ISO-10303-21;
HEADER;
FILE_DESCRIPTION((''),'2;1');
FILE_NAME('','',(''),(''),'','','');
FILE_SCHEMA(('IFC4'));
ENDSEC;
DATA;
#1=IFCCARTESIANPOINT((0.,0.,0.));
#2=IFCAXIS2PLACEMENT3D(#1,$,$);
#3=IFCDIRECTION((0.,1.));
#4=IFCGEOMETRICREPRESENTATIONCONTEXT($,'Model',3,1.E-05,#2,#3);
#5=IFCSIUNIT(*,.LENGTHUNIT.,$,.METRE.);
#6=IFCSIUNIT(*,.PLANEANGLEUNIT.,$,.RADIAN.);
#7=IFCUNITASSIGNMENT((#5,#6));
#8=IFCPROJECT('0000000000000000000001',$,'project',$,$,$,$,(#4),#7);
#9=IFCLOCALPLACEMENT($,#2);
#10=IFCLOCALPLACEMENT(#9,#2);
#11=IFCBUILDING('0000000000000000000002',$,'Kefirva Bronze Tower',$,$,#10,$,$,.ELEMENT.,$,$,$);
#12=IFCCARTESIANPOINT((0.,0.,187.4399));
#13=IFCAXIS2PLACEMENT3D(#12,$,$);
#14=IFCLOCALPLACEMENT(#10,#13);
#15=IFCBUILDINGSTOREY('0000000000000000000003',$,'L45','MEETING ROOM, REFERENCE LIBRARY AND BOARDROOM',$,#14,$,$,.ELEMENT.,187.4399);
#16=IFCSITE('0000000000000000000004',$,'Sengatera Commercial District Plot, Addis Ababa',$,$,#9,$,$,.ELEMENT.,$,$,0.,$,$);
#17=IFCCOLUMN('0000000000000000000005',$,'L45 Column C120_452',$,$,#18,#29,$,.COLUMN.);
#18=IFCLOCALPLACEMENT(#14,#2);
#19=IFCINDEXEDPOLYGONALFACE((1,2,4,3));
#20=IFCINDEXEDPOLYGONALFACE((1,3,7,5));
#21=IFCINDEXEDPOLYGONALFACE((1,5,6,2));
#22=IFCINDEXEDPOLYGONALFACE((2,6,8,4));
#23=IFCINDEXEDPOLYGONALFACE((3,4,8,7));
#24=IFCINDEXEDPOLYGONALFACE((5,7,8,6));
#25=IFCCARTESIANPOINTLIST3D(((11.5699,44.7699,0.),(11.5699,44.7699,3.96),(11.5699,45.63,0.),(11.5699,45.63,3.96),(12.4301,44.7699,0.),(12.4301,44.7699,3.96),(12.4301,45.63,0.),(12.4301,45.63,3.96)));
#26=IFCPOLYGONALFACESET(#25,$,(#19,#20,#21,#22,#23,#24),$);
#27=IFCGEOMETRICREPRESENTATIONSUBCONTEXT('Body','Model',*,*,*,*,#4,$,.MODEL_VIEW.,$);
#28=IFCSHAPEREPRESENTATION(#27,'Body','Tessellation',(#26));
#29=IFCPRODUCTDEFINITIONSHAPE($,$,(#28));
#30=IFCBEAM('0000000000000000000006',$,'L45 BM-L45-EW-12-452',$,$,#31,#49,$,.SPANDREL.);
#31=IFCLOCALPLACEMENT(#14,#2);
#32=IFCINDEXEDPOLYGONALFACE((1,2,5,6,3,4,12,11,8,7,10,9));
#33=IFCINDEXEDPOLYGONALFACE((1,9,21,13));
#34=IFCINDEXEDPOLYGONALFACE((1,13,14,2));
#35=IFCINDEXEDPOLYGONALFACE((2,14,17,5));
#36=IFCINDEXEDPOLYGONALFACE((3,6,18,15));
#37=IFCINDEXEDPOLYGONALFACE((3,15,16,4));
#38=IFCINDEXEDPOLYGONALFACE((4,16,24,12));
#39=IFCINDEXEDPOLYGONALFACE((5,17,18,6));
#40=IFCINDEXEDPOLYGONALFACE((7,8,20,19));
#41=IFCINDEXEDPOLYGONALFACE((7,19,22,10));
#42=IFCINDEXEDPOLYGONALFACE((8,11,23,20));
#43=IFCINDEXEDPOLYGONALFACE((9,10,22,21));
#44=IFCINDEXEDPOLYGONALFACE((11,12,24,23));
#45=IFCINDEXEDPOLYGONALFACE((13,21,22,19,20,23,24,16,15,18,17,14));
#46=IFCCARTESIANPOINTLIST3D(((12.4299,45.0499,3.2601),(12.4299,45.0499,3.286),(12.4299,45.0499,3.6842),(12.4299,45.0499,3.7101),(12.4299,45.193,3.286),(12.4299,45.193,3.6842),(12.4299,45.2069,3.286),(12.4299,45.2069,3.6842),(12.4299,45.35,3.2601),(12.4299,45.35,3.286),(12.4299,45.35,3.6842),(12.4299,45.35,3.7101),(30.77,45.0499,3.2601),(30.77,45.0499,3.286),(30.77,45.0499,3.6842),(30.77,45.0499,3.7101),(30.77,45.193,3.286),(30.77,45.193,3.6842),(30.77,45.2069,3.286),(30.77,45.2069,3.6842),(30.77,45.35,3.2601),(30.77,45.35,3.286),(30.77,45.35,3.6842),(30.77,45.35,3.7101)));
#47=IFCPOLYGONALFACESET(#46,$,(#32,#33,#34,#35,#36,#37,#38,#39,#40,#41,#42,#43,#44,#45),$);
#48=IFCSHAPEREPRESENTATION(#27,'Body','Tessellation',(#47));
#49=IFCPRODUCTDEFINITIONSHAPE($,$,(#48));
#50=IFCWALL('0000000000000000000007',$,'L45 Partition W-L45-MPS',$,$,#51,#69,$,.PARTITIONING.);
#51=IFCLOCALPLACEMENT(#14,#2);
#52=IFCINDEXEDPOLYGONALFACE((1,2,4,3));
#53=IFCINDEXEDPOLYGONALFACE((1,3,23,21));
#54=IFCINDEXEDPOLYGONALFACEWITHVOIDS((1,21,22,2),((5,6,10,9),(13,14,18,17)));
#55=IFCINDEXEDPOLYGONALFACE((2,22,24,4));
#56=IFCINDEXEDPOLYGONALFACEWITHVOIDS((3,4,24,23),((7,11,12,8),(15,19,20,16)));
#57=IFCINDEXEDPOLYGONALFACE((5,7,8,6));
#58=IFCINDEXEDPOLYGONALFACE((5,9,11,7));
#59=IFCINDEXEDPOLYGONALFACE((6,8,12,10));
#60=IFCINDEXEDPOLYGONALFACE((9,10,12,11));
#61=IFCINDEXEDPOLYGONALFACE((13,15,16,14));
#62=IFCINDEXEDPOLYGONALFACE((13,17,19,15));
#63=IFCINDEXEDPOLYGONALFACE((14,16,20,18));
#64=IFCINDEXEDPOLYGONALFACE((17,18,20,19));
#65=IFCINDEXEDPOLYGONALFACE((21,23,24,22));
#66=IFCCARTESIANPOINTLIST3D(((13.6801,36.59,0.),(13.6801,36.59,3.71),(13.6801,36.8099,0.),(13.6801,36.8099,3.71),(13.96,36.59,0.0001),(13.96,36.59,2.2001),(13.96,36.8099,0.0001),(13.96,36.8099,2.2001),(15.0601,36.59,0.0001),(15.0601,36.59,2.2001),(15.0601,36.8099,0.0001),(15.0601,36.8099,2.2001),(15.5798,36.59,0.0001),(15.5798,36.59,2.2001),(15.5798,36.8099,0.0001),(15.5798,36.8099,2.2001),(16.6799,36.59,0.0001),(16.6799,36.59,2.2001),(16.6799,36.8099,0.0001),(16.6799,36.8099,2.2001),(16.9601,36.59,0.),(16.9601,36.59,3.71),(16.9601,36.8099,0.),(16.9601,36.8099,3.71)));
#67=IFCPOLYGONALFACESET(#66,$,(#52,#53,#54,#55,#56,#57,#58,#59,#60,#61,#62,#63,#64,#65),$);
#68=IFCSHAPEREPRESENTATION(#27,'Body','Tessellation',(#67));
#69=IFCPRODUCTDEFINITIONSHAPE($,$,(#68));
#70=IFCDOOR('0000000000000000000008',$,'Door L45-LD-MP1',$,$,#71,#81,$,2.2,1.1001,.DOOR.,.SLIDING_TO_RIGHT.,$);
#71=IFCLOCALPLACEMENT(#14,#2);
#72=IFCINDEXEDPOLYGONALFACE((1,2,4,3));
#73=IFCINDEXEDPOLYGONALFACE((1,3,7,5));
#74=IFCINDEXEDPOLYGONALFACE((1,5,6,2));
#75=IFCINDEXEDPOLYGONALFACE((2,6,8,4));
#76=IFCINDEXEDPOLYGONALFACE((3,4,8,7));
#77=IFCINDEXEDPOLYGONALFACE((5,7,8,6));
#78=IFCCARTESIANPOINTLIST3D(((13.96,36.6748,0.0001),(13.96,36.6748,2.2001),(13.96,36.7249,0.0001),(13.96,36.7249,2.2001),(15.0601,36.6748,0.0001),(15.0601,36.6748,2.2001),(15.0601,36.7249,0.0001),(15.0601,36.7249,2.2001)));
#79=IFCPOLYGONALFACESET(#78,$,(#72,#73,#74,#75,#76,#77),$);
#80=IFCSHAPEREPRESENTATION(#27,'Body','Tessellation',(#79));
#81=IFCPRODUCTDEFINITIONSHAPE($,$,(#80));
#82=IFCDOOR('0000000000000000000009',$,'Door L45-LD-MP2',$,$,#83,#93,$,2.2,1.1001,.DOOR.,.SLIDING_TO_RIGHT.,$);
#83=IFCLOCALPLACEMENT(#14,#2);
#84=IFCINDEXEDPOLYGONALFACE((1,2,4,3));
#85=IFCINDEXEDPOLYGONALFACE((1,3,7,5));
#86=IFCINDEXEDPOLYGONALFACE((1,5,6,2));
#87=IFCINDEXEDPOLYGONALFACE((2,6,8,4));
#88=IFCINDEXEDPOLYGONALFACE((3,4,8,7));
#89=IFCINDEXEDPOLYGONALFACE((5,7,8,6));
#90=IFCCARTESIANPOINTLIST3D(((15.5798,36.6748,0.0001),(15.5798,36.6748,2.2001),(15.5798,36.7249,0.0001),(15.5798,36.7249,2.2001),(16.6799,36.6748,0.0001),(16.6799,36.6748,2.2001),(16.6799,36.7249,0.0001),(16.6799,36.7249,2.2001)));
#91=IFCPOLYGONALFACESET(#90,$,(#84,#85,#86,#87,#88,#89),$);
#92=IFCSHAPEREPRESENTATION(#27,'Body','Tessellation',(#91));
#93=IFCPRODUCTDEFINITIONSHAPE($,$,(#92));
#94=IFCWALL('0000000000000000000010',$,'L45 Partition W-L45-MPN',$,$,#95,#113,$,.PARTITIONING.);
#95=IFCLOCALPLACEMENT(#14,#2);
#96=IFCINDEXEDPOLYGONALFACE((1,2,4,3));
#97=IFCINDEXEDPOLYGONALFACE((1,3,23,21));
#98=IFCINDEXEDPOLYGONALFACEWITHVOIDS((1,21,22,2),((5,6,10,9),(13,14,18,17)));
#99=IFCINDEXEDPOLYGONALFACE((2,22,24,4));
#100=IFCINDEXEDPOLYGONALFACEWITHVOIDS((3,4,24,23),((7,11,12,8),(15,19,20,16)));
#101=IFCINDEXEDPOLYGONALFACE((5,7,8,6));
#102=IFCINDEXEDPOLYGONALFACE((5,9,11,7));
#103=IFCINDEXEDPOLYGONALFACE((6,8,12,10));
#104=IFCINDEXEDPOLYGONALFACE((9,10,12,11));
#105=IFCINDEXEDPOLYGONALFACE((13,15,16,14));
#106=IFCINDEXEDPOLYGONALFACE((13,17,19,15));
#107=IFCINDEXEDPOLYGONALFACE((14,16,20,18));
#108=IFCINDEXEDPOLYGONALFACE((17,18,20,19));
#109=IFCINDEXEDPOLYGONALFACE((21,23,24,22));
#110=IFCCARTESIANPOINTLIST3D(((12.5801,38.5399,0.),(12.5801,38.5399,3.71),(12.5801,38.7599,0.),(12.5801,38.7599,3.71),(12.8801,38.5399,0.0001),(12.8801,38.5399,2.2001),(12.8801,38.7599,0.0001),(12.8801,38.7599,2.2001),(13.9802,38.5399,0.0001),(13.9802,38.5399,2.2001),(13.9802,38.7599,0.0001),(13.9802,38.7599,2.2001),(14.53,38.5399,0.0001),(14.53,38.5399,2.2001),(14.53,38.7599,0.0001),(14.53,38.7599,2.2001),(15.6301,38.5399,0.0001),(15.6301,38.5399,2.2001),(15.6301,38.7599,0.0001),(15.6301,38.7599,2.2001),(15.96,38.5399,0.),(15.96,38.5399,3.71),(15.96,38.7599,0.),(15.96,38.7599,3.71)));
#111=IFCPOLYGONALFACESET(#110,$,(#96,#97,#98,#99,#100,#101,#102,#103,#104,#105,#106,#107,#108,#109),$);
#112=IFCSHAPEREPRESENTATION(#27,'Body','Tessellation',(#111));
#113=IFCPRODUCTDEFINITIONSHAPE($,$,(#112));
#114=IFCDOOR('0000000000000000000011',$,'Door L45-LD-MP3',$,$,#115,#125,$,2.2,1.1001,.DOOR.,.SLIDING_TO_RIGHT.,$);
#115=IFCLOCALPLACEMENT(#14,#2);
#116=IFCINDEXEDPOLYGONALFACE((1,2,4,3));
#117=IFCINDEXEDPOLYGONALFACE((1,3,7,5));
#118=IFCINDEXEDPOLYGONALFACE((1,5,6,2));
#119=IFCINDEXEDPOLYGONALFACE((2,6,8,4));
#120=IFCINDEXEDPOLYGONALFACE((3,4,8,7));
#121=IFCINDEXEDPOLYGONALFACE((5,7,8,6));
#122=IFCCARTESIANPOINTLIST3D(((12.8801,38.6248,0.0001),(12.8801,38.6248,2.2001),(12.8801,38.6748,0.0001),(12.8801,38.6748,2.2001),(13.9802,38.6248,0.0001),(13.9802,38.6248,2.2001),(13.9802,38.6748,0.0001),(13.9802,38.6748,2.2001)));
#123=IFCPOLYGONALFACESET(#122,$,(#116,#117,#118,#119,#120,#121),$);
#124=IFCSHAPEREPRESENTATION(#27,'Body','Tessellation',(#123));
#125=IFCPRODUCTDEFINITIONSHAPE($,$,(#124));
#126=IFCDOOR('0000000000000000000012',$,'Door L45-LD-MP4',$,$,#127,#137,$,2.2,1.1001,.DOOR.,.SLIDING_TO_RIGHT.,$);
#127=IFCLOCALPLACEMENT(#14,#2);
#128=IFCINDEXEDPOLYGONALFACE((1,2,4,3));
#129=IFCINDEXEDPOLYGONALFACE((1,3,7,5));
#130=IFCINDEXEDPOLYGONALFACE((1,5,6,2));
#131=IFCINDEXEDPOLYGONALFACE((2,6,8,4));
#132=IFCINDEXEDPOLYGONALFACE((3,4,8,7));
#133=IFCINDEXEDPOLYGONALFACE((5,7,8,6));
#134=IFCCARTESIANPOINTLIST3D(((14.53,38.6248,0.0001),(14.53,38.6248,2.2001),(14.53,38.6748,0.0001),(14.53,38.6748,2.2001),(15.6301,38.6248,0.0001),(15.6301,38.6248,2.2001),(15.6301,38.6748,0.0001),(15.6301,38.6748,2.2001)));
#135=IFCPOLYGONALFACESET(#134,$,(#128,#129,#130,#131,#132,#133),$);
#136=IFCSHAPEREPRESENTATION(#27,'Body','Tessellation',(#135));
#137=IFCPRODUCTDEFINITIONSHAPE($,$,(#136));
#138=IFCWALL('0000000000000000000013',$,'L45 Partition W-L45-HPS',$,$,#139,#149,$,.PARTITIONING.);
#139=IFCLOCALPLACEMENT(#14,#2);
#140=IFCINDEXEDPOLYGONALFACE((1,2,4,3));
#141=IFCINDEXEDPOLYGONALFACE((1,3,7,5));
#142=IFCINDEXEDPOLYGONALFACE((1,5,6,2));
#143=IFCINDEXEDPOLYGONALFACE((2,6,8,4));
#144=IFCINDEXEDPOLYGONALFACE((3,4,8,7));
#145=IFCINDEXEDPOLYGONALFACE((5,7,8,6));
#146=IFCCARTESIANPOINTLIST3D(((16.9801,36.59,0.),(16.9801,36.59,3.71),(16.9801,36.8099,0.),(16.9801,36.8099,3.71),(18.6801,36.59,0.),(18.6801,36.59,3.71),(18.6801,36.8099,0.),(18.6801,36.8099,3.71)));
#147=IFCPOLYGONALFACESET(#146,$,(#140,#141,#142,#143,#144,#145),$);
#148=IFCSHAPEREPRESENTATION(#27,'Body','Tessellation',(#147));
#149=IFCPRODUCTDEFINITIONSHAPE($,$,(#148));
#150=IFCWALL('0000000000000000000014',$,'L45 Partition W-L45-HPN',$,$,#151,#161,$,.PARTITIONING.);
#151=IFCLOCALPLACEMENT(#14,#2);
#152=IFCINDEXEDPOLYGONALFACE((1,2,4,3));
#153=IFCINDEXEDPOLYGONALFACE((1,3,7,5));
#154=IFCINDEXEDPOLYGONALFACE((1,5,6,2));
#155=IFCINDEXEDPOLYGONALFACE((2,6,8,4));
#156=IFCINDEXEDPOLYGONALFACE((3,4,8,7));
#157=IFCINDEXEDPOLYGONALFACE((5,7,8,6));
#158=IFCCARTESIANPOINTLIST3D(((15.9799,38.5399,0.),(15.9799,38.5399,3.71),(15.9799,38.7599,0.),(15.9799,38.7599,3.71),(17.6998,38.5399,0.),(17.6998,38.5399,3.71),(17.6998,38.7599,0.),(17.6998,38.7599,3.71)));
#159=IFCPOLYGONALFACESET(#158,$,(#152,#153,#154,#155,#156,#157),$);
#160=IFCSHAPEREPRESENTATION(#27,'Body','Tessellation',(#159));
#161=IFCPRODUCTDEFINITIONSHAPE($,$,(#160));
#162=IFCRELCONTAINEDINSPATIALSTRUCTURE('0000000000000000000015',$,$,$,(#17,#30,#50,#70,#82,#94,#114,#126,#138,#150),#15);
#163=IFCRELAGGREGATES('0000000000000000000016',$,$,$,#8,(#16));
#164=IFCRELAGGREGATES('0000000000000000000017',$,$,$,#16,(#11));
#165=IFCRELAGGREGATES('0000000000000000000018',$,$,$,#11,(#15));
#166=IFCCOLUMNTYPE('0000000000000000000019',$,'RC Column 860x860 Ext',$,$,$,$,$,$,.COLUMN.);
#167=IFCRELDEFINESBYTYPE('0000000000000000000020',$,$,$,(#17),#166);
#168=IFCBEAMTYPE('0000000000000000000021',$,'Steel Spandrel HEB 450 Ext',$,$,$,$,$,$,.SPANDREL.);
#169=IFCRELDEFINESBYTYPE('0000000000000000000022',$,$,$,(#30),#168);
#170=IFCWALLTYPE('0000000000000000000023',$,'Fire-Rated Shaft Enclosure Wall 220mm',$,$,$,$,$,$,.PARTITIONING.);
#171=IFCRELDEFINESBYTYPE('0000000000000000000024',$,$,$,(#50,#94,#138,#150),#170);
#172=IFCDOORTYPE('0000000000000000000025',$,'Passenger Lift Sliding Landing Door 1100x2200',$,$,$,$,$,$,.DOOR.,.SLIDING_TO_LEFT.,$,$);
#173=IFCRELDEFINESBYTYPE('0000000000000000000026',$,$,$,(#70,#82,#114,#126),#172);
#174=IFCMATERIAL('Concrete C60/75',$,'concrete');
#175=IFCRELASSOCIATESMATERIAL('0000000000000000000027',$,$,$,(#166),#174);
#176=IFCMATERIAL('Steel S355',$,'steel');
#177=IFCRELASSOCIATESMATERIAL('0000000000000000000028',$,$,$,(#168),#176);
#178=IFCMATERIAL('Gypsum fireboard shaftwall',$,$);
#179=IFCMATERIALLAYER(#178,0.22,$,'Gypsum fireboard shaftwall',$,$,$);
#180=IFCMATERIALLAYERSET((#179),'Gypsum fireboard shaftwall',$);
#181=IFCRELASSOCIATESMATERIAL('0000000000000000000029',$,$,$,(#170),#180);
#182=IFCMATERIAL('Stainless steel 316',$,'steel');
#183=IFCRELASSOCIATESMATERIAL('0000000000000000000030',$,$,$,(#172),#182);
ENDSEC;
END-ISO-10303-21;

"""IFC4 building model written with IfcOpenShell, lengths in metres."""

from ifc_helpers import new_model, si_unit, direction, frame, frame_2d, origin, origin_2d, place, context, subcontext, project, spatial, rectangle, i_section, extrude, material, layer, layer_set, material_profile, profile_set, type_object, element, fill, save


model = new_model("IFC4")

# Units and contexts
model_context = context("Model", 3, precision=1e-05, world=origin(), true_north=direction((0.0, 1.0)))
body_context = subcontext(model_context, "Body", "Model", "MODEL_VIEW")
ifc_project = project(units=[si_unit("LENGTHUNIT", "METRE"), si_unit("PLANEANGLEUNIT", "RADIAN")], contexts=[model_context])

# Site, building, storey
site_placement = place(None, origin())
site = spatial("IfcSite", under=ifc_project, at=site_placement, Name="Sengatera Commercial District Plot, Addis Ababa", CompositionType="ELEMENT", RefElevation=0.0)
building_placement = place(site_placement, origin())
building = spatial("IfcBuilding", under=site, at=building_placement, Name="Kefirva Bronze Tower", CompositionType="ELEMENT")
storey_placement = place(building_placement, frame((0.0, 0.0, 187.4399)))
storey = spatial("IfcBuildingStorey", under=building, at=storey_placement, Name="L45", Description="MEETING ROOM, REFERENCE LIBRARY AND BOARDROOM", CompositionType="ELEMENT", Elevation=187.4399)

# Column
ifc_material_1 = material(Name="Concrete C60/75", Category="concrete")
ifc_material_profile_1 = material_profile(ifc_material_1, rectangle(XDim=0.8601, YDim=0.8601, at=origin_2d()), Name="RC 860x860")
ifc_profile_set_1 = profile_set([ifc_material_profile_1], Name="Concrete C60/75")
column_type = type_object("IfcColumnType", Name="RC Column 860x860 Ext", PredefinedType="COLUMN", material=ifc_profile_set_1)
column_placement = place(storey_placement, frame((12.0, 45.2, 0.0), z_axis=(0.0, 0.0, 1.0), x_axis=(1.0, 0.0, 0.0)))
element("IfcColumn", 1, at=column_placement, inside=storey, type_object=column_type, Name="L45 Column C120_452", PredefinedType="COLUMN", context=body_context, shape_type="SweptSolid", body=[
    extrude(rectangle(XDim=0.8601, YDim=0.8601, at=origin_2d()), origin(), (0.0, 0.0, 1.0), 3.96),
])

# Beam
ifc_material_2 = material(Name="Steel S355", Category="steel")
ifc_material_profile_2 = material_profile(ifc_material_2, i_section(OverallWidth=0.3, OverallDepth=0.45, WebThickness=0.0139, FlangeThickness=0.0259, at=origin_2d()), Name="HEB 450")
ifc_profile_set_2 = profile_set([ifc_material_profile_2], Name="Steel S355")
beam_type = type_object("IfcBeamType", Name="Steel Spandrel HEB 450 Ext", PredefinedType="SPANDREL", material=ifc_profile_set_2)
beam_placement = place(storey_placement, frame((12.4299, 45.2, 3.4851), z_axis=(1.0, 0.0, 0.0), x_axis=(0.0, 1.0, 0.0)))
element("IfcBeam", 2, at=beam_placement, inside=storey, type_object=beam_type, Name="L45 BM-L45-EW-12-452", PredefinedType="SPANDREL", context=body_context, shape_type="SweptSolid", body=[
    extrude(i_section(OverallWidth=0.3, OverallDepth=0.45, WebThickness=0.0139, FlangeThickness=0.0259, at=origin_2d()), origin(), (0.0, 0.0, 1.0), 18.3401),
])

# Walls, openings, doors
ifc_material_3 = material(Name="Gypsum fireboard shaftwall")
ifc_layer_1 = layer(ifc_material_3, 0.22, Name="Gypsum fireboard shaftwall")
ifc_layer_set_1 = layer_set([ifc_layer_1], Name="Gypsum fireboard shaftwall")
wall_type_1 = type_object("IfcWallType", Name="Fire-Rated Shaft Enclosure Wall 220mm", PredefinedType="PARTITIONING", material=ifc_layer_set_1)
wall_1_placement = place(storey_placement, frame((13.6799, 36.7, 0.0), z_axis=(0.0, 0.0, 1.0), x_axis=(1.0, 0.0, 0.0)))
wall_1 = element("IfcWall", 3, at=wall_1_placement, inside=storey, type_object=wall_type_1, Name="L45 Partition W-L45-MPS", PredefinedType="PARTITIONING", context=body_context, shape_type="SweptSolid", body=[
    extrude(rectangle(XDim=3.28, YDim=0.22, at=frame_2d((1.6401, 0.0))), origin(), (0.0, 0.0, 1.0), 3.71),
])
opening_1_placement = place(wall_1_placement, frame((0.28, 0.0, 0.0)))
opening_1 = element("IfcOpeningElement", 4, at=opening_1_placement, cuts=wall_1, PredefinedType="OPENING", context=body_context, shape_type="SweptSolid", body=[
    extrude(rectangle(XDim=1.1001, YDim=2.2, at=frame_2d((0.55, 1.1001))), frame((0.0, 0.1201, 0.0), z_axis=(0.0, -1.0, 0.0), x_axis=(1.0, 0.0, 0.0)), (0.0, 0.0, 1.0), 0.24),
])
opening_2_placement = place(wall_1_placement, frame((1.8999, 0.0, 0.0)))
opening_2 = element("IfcOpeningElement", 5, at=opening_2_placement, cuts=wall_1, PredefinedType="OPENING", context=body_context, shape_type="SweptSolid", body=[
    extrude(rectangle(XDim=1.1001, YDim=2.2, at=frame_2d((0.55, 1.1001))), frame((0.0, 0.1201, 0.0), z_axis=(0.0, -1.0, 0.0), x_axis=(1.0, 0.0, 0.0)), (0.0, 0.0, 1.0), 0.24),
])
ifc_material_4 = material(Name="Stainless steel 316", Category="steel")
door_type_1 = type_object("IfcDoorType", Name="Passenger Lift Sliding Landing Door 1100x2200", OperationType="SLIDING_TO_LEFT", PredefinedType="DOOR", material=ifc_material_4)
door_1_placement = place(opening_1_placement, origin())
door_1 = element("IfcDoor", 6, at=door_1_placement, inside=storey, type_object=door_type_1, Name="Door L45-LD-MP1", OperationType="SLIDING_TO_RIGHT", OverallHeight=2.2, OverallWidth=1.1001, PredefinedType="DOOR", context=body_context, shape_type="SweptSolid", body=[
    extrude(rectangle(XDim=1.1001, YDim=2.2, at=frame_2d((0.55, 1.1001))), frame((0.0, 0.0249, 0.0), z_axis=(0.0, -1.0, 0.0), x_axis=(1.0, 0.0, 0.0)), (0.0, 0.0, 1.0), 0.05),
])
fill(opening_1, door_1)
door_2_placement = place(opening_2_placement, origin())
door_2 = element("IfcDoor", 7, at=door_2_placement, inside=storey, type_object=door_type_1, Name="Door L45-LD-MP2", OperationType="SLIDING_TO_RIGHT", OverallHeight=2.2, OverallWidth=1.1001, PredefinedType="DOOR", context=body_context, shape_type="SweptSolid", body=[
    extrude(rectangle(XDim=1.1001, YDim=2.2, at=frame_2d((0.55, 1.1001))), frame((0.0, 0.0249, 0.0), z_axis=(0.0, -1.0, 0.0), x_axis=(1.0, 0.0, 0.0)), (0.0, 0.0, 1.0), 0.05),
])
fill(opening_2, door_2)
wall_2_placement = place(storey_placement, frame((12.5801, 38.6499, 0.0), z_axis=(0.0, 0.0, 1.0), x_axis=(1.0, 0.0, 0.0)))
wall_2 = element("IfcWall", 8, at=wall_2_placement, inside=storey, type_object=wall_type_1, Name="L45 Partition W-L45-MPN", PredefinedType="PARTITIONING", context=body_context, shape_type="SweptSolid", body=[
    extrude(rectangle(XDim=3.3799, YDim=0.22, at=frame_2d((1.6899, 0.0))), origin(), (0.0, 0.0, 1.0), 3.71),
])
opening_3_placement = place(wall_2_placement, frame((0.3, 0.0, 0.0)))
opening_3 = element("IfcOpeningElement", 9, at=opening_3_placement, cuts=wall_2, PredefinedType="OPENING", context=body_context, shape_type="SweptSolid", body=[
    extrude(rectangle(XDim=1.1001, YDim=2.2, at=frame_2d((0.55, 1.1001))), frame((0.0, 0.1201, 0.0), z_axis=(0.0, -1.0, 0.0), x_axis=(1.0, 0.0, 0.0)), (0.0, 0.0, 1.0), 0.24),
])
opening_4_placement = place(wall_2_placement, frame((1.95, 0.0, 0.0)))
opening_4 = element("IfcOpeningElement", 10, at=opening_4_placement, cuts=wall_2, PredefinedType="OPENING", context=body_context, shape_type="SweptSolid", body=[
    extrude(rectangle(XDim=1.1001, YDim=2.2, at=frame_2d((0.55, 1.1001))), frame((0.0, 0.1201, 0.0), z_axis=(0.0, -1.0, 0.0), x_axis=(1.0, 0.0, 0.0)), (0.0, 0.0, 1.0), 0.24),
])
door_3_placement = place(opening_3_placement, origin())
door_3 = element("IfcDoor", 11, at=door_3_placement, inside=storey, type_object=door_type_1, Name="Door L45-LD-MP3", OperationType="SLIDING_TO_RIGHT", OverallHeight=2.2, OverallWidth=1.1001, PredefinedType="DOOR", context=body_context, shape_type="SweptSolid", body=[
    extrude(rectangle(XDim=1.1001, YDim=2.2, at=frame_2d((0.55, 1.1001))), frame((0.0, 0.0249, 0.0), z_axis=(0.0, -1.0, 0.0), x_axis=(1.0, 0.0, 0.0)), (0.0, 0.0, 1.0), 0.05),
])
fill(opening_3, door_3)
door_4_placement = place(opening_4_placement, origin())
door_4 = element("IfcDoor", 12, at=door_4_placement, inside=storey, type_object=door_type_1, Name="Door L45-LD-MP4", OperationType="SLIDING_TO_RIGHT", OverallHeight=2.2, OverallWidth=1.1001, PredefinedType="DOOR", context=body_context, shape_type="SweptSolid", body=[
    extrude(rectangle(XDim=1.1001, YDim=2.2, at=frame_2d((0.55, 1.1001))), frame((0.0, 0.0249, 0.0), z_axis=(0.0, -1.0, 0.0), x_axis=(1.0, 0.0, 0.0)), (0.0, 0.0, 1.0), 0.05),
])
fill(opening_4, door_4)

# Walls
wall_3_placement = place(storey_placement, frame((16.98, 36.7, 0.0), z_axis=(0.0, 0.0, 1.0), x_axis=(1.0, 0.0, 0.0)))
element("IfcWall", 13, at=wall_3_placement, inside=storey, type_object=wall_type_1, Name="L45 Partition W-L45-HPS", PredefinedType="PARTITIONING", context=body_context, shape_type="SweptSolid", body=[
    extrude(rectangle(XDim=1.7, YDim=0.22, at=frame_2d((0.8501, 0.0))), origin(), (0.0, 0.0, 1.0), 3.71),
])
wall_4_placement = place(storey_placement, frame((15.98, 38.6499, 0.0), z_axis=(0.0, 0.0, 1.0), x_axis=(1.0, 0.0, 0.0)))
element("IfcWall", 14, at=wall_4_placement, inside=storey, type_object=wall_type_1, Name="L45 Partition W-L45-HPN", PredefinedType="PARTITIONING", context=body_context, shape_type="SweptSolid", body=[
    extrude(rectangle(XDim=1.72, YDim=0.22, at=frame_2d((0.8599, 0.0))), origin(), (0.0, 0.0, 1.0), 3.71),
])

save(model, "model.ifc")
